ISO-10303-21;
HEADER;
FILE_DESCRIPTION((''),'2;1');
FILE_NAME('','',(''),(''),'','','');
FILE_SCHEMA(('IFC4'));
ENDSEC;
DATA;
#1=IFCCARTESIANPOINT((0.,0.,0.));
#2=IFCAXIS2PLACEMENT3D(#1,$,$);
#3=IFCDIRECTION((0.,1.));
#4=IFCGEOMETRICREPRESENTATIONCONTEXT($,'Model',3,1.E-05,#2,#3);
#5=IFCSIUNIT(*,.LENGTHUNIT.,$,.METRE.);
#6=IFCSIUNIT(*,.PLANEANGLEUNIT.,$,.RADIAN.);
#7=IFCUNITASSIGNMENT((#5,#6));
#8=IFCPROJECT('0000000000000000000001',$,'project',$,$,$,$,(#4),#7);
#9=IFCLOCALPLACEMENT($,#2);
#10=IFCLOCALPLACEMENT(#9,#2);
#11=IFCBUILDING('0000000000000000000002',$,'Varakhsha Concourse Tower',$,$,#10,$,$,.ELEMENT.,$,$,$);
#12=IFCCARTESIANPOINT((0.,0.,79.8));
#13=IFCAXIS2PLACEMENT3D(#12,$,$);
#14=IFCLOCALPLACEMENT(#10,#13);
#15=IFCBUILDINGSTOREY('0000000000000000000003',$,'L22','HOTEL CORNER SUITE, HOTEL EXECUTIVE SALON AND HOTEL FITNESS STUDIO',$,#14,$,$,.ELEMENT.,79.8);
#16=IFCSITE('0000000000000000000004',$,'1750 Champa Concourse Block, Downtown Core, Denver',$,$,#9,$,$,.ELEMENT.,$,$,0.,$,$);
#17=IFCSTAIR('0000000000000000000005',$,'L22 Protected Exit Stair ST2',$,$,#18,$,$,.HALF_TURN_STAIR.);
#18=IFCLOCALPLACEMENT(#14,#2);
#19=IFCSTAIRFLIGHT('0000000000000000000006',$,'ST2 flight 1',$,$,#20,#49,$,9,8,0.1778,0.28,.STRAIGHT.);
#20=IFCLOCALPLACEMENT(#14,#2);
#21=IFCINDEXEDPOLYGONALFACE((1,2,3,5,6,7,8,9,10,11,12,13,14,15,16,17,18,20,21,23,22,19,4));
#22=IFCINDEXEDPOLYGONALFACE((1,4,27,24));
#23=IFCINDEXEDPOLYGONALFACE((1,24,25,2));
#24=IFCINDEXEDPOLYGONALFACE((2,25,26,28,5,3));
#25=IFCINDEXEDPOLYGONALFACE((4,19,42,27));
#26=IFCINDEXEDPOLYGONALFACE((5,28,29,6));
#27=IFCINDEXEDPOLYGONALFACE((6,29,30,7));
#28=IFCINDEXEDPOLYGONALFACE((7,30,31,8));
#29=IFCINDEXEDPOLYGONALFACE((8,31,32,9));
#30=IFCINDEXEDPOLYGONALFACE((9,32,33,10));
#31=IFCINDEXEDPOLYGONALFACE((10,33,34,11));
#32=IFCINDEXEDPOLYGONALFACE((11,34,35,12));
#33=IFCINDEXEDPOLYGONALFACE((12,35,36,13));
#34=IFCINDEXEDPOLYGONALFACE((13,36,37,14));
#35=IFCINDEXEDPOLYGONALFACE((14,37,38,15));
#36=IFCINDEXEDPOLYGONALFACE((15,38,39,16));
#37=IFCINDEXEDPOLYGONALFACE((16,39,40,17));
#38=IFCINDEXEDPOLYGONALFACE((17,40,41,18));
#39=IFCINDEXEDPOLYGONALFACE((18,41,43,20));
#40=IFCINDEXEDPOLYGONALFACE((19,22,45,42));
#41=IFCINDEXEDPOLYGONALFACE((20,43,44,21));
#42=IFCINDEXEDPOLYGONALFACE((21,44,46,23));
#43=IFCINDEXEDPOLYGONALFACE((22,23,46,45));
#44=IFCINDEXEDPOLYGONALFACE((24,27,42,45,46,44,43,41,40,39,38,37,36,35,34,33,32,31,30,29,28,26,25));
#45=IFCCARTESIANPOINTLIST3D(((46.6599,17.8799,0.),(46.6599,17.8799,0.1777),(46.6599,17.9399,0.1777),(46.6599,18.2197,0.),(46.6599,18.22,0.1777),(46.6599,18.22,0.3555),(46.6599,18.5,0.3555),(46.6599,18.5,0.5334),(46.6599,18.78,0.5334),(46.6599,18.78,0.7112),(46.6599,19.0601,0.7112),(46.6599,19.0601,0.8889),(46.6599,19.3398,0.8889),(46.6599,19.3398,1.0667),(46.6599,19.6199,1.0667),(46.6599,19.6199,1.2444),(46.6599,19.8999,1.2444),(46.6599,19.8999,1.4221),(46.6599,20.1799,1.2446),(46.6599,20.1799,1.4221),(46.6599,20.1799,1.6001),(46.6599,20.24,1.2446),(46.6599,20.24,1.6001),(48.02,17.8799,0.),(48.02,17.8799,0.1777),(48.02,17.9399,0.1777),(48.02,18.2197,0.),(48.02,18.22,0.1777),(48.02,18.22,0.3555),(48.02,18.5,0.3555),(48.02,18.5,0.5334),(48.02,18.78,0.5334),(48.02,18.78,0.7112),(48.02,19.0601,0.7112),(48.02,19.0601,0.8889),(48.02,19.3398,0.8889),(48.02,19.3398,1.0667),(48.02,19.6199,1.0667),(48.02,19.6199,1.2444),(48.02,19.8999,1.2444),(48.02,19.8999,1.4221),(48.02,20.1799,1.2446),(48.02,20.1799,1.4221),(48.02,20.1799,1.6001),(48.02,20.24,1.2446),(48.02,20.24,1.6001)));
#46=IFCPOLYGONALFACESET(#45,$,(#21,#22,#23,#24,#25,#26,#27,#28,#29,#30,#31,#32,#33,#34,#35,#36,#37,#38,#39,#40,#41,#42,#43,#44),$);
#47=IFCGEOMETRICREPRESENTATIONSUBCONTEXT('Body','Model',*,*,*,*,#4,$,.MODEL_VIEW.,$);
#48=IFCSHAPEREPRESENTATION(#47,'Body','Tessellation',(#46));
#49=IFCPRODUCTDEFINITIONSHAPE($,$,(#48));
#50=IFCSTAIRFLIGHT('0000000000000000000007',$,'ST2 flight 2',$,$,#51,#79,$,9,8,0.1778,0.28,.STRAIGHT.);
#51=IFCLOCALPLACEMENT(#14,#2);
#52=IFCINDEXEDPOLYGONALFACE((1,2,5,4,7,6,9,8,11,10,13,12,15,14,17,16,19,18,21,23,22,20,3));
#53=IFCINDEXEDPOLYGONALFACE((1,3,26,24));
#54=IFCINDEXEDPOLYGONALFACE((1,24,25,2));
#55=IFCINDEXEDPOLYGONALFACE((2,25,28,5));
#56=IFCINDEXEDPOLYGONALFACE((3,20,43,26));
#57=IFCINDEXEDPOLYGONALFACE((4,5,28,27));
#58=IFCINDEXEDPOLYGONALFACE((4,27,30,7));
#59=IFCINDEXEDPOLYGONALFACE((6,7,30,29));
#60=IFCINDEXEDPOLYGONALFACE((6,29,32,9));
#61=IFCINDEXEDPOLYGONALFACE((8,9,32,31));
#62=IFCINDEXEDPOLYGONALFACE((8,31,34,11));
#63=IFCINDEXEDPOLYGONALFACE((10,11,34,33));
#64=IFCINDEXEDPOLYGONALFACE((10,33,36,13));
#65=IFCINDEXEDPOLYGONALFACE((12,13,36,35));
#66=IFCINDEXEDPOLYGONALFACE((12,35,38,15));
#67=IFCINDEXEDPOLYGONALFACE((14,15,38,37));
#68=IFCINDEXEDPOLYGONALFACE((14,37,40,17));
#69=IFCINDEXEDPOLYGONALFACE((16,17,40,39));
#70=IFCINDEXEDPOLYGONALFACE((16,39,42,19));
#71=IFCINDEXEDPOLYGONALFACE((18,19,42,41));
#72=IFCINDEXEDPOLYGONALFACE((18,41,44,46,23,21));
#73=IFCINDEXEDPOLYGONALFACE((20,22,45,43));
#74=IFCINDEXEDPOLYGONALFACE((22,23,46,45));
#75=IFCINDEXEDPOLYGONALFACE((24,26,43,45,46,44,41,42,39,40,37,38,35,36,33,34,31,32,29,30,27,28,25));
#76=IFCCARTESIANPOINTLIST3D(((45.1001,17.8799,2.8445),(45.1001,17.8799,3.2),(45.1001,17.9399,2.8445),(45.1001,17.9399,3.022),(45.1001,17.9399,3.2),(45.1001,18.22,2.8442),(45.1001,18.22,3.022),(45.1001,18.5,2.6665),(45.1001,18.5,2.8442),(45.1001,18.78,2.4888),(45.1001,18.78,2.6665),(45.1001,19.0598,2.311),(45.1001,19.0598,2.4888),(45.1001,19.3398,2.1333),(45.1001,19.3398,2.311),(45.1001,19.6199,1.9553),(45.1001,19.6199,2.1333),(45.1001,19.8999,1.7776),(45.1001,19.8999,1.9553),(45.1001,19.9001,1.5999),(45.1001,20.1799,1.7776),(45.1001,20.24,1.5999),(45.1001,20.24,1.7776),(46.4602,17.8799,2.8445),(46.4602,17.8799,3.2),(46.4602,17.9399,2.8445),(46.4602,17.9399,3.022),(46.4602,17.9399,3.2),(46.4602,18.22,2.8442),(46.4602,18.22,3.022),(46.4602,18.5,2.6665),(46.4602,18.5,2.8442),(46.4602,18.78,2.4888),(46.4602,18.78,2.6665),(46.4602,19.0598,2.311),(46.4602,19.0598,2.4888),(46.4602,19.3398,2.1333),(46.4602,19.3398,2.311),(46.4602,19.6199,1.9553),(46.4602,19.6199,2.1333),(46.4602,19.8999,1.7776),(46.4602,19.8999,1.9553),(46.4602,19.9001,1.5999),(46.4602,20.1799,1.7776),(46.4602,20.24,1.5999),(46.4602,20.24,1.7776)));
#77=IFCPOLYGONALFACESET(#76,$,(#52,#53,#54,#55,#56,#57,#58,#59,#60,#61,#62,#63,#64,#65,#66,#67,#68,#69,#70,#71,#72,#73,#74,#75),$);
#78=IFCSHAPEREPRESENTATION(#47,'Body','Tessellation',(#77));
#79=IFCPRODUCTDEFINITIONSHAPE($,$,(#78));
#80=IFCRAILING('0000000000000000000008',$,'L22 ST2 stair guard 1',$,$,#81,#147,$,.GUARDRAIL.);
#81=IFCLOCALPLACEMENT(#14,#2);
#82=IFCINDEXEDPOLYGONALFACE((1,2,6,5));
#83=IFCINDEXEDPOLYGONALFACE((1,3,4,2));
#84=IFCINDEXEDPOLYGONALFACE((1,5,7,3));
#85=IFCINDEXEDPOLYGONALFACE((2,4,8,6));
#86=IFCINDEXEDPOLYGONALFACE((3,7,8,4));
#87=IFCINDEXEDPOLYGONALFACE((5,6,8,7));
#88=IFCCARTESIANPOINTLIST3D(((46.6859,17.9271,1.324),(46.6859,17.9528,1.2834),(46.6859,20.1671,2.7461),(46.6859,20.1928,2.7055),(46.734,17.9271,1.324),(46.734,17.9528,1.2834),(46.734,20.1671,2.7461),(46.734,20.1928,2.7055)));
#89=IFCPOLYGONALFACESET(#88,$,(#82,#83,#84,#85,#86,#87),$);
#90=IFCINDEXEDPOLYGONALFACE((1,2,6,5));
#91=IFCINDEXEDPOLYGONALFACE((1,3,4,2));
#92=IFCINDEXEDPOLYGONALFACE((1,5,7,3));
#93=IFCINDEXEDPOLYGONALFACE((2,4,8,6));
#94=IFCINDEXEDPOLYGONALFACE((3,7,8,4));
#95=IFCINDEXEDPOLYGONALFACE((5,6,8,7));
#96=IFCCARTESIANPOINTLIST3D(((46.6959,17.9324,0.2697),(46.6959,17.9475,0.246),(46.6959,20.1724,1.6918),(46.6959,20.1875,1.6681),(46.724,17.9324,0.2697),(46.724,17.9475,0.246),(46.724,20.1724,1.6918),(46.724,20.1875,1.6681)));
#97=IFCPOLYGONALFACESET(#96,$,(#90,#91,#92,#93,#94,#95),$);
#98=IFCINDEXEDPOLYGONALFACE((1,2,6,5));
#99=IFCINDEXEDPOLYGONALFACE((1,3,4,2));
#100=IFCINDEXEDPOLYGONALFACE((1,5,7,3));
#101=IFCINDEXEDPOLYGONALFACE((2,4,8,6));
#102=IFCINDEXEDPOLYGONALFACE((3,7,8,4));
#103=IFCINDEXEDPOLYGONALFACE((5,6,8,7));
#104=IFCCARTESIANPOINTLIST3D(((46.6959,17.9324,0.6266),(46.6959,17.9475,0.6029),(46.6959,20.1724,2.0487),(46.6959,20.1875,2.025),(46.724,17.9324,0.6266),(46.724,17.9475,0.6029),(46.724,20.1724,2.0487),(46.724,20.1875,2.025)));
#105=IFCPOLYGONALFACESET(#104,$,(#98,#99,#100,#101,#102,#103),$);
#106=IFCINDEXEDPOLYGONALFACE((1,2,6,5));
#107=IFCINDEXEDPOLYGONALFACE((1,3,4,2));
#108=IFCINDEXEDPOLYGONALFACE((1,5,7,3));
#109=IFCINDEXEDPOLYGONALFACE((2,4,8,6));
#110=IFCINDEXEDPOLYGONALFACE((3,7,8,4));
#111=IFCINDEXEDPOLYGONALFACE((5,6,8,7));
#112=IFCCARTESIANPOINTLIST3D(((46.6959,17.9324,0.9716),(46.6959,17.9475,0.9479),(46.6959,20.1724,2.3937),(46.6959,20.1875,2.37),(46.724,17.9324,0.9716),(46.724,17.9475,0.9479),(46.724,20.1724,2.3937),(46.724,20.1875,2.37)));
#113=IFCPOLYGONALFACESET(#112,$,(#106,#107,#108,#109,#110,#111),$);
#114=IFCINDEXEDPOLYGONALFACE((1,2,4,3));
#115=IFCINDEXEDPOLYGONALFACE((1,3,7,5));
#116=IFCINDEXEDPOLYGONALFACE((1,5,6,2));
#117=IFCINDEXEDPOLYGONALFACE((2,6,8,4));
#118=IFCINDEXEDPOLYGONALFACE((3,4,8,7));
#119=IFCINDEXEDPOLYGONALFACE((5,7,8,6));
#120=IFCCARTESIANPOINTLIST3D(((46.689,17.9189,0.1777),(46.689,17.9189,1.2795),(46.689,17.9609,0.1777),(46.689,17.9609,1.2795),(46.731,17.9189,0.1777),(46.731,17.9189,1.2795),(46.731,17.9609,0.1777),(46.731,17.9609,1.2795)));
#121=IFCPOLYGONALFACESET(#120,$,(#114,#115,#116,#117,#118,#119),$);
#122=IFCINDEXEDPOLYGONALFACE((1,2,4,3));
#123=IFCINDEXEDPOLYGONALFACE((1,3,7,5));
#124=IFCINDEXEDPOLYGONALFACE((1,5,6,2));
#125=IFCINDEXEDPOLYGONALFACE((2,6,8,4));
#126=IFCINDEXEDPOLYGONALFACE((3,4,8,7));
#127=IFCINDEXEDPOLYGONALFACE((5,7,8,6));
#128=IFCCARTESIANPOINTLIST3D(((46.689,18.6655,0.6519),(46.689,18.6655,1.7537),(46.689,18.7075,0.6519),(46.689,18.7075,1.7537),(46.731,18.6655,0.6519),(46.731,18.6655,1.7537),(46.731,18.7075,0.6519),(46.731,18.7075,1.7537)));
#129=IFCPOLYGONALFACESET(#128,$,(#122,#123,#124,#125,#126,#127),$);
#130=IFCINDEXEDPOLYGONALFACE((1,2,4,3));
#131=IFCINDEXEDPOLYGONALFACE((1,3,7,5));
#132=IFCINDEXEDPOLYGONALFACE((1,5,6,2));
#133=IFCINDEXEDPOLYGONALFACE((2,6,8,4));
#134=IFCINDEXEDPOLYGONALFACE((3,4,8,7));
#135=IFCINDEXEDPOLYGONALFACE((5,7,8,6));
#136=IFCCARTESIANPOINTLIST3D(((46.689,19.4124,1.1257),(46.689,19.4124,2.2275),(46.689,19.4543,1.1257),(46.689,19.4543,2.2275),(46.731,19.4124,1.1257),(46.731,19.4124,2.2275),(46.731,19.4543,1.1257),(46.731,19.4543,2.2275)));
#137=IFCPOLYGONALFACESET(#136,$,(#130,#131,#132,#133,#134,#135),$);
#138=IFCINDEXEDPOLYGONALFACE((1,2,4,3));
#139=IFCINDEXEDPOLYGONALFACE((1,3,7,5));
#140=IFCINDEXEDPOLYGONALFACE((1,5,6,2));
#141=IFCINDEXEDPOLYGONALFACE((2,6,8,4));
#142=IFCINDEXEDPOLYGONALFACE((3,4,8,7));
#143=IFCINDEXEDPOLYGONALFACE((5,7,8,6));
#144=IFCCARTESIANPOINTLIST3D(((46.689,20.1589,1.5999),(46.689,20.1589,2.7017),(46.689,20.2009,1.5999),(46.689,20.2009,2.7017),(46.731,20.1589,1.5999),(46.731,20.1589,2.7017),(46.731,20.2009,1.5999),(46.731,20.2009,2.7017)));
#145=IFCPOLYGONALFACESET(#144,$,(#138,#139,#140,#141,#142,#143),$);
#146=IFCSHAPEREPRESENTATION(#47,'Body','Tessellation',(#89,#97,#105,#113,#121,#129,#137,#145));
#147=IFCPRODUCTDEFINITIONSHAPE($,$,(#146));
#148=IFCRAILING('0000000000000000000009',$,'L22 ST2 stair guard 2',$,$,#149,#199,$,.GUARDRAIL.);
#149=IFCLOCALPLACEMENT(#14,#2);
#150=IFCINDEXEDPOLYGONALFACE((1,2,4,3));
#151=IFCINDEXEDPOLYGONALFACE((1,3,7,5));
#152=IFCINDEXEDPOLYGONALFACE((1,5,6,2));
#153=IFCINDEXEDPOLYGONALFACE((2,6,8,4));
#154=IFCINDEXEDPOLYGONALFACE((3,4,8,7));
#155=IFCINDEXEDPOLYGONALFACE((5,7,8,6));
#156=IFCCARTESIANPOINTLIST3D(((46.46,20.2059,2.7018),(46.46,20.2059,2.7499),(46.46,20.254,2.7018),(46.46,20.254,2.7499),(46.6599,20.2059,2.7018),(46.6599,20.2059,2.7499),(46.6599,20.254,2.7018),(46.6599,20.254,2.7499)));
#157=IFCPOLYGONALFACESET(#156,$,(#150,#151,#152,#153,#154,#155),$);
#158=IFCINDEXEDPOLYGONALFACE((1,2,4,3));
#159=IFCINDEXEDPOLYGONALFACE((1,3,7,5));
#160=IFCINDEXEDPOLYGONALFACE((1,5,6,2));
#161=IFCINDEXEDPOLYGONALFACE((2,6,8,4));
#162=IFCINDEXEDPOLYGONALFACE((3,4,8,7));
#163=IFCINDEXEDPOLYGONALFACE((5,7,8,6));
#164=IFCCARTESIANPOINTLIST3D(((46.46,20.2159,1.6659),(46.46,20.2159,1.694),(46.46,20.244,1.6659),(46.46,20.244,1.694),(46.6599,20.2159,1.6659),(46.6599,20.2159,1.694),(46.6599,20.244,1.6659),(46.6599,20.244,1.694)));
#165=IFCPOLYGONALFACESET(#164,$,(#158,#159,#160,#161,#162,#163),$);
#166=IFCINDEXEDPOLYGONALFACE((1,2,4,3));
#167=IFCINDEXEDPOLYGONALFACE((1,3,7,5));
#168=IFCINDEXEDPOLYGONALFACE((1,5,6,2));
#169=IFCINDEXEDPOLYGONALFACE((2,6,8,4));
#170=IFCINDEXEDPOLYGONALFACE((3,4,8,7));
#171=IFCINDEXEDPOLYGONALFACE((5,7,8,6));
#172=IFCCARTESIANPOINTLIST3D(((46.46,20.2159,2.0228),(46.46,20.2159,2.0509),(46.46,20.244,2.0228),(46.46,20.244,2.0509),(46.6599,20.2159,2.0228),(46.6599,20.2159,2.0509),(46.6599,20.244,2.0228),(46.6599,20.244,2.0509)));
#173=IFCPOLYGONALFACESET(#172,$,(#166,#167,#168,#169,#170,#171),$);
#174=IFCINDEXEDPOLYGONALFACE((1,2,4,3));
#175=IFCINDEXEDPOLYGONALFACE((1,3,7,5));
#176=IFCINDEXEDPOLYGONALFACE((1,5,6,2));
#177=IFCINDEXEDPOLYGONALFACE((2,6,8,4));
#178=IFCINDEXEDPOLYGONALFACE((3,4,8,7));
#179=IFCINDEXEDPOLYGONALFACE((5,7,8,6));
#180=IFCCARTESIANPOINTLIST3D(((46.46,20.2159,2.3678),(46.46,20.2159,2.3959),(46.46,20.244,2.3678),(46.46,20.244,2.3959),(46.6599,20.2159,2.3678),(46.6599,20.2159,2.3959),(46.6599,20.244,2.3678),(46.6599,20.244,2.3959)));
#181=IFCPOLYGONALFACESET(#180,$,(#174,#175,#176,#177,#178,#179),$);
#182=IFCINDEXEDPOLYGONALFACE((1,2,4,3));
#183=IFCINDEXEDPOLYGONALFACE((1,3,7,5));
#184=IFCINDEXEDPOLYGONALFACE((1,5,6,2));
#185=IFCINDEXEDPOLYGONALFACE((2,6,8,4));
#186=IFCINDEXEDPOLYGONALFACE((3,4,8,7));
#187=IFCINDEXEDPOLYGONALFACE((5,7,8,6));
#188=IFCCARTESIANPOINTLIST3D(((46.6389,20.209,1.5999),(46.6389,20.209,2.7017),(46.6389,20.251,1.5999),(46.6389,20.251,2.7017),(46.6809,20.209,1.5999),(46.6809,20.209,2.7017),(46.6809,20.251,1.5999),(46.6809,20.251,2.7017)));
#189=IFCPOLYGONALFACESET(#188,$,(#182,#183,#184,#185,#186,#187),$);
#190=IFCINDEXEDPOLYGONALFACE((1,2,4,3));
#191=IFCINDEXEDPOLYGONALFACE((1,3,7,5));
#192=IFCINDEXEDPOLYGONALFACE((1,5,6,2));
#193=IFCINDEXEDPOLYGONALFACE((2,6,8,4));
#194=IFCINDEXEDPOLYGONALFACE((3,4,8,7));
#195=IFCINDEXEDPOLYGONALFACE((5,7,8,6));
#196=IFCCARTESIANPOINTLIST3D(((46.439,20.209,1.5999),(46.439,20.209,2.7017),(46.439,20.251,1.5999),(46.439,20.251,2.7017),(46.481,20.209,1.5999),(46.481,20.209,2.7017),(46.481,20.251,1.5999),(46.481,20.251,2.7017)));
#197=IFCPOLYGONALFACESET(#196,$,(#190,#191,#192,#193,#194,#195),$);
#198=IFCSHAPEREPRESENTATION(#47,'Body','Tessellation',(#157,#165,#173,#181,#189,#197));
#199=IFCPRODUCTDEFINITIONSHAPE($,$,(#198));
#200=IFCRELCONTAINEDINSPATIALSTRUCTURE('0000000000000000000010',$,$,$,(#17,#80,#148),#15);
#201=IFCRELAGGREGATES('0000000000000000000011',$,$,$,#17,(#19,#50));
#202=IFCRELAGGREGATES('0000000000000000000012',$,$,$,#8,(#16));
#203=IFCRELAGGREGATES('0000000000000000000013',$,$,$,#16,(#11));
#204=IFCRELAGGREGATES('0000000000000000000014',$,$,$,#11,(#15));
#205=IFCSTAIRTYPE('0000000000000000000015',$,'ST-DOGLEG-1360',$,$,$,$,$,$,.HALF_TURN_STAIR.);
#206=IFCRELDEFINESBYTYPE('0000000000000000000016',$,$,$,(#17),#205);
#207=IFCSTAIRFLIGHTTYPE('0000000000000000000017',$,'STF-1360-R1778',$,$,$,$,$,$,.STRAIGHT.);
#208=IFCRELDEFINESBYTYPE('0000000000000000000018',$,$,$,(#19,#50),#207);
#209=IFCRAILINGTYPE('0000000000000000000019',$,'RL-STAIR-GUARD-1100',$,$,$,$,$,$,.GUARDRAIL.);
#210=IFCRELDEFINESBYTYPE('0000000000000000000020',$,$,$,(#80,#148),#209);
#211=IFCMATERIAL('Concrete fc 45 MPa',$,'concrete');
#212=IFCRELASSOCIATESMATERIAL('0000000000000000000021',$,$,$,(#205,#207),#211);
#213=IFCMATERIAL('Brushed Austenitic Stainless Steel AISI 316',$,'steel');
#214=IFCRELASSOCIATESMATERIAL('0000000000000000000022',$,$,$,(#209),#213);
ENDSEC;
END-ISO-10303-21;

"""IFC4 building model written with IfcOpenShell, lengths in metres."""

from ifc_helpers import new_model, si_unit, direction, frame, origin, origin_2d, place, context, subcontext, project, spatial, polyline, rectangle, outline, extrude, material, type_object, element, aggregate, save


model = new_model("IFC4")

# Units and contexts
model_context = context("Model", 3, precision=1e-05, world=origin(), true_north=direction((0.0, 1.0)))
body_context = subcontext(model_context, "Body", "Model", "MODEL_VIEW")
ifc_project = project(units=[si_unit("LENGTHUNIT", "METRE"), si_unit("PLANEANGLEUNIT", "RADIAN")], contexts=[model_context])

# Site, building, storey
site_placement = place(None, origin())
site = spatial("IfcSite", under=ifc_project, at=site_placement, Name="1750 Champa Concourse Block, Downtown Core, Denver", CompositionType="ELEMENT", RefElevation=0.0)
building_placement = place(site_placement, origin())
building = spatial("IfcBuilding", under=site, at=building_placement, Name="Varakhsha Concourse Tower", CompositionType="ELEMENT")
storey_placement = place(building_placement, frame((0.0, 0.0, 79.8)))
storey = spatial("IfcBuildingStorey", under=building, at=storey_placement, Name="L22", Description="HOTEL CORNER SUITE, HOTEL EXECUTIVE SALON AND HOTEL FITNESS STUDIO", CompositionType="ELEMENT", Elevation=79.8)

# Shared definitions
ifc_material_1 = material(Name="Concrete fc 45 MPa", Category="concrete")

# Stair, stair flights
stair_type = type_object("IfcStairType", Name="ST-DOGLEG-1360", PredefinedType="HALF_TURN_STAIR", material=ifc_material_1)
stair_placement = place(storey_placement, origin())
stair = element("IfcStair", 1, at=stair_placement, inside=storey, type_object=stair_type, Name="L22 Protected Exit Stair ST2", PredefinedType="HALF_TURN_STAIR")
stair_flight_type = type_object("IfcStairFlightType", Name="STF-1360-R1778", PredefinedType="STRAIGHT", material=ifc_material_1)
stair_flight_1_placement = place(storey_placement, frame((47.3401, 17.9399, 0.0), z_axis=(0.0, 0.0, 1.0), x_axis=(0.0, 1.0, 0.0)))
stair_flight_1 = element("IfcStairFlight", 2, at=stair_flight_1_placement, type_object=stair_flight_type, Name="ST2 flight 1", NumberOfRisers=9, NumberOfTreads=8, PredefinedType="STRAIGHT", RiserHeight=0.1778, TreadLength=0.28, context=body_context, shape_type="SweptSolid", body=[
    extrude(outline(polyline([(-0.0601, 0.0), (-0.0601, 0.1777), (0.0, 0.1777), (0.28, 0.1777), (0.28, 0.3555), (0.5601, 0.3555), (0.5601, 0.5334), (0.8401, 0.5334), (0.8401, 0.7112), (1.1201, 0.7112), (1.1201, 0.8889), (1.3999, 0.8889), (1.3999, 1.0667), (1.6799, 1.0667), (1.6799, 1.2444), (1.96, 1.2444), (1.96, 1.4221), (2.24, 1.4221), (2.24, 1.6001), (2.3, 1.6001), (2.3, 1.2446), (2.24, 1.2446), (0.2798, 0.0), (-0.0601, 0.0)])), frame((0.0, 0.6802, 0.0), z_axis=(0.0, -1.0, 0.0), x_axis=(1.0, 0.0, 0.0)), (0.0, 0.0, 1.0), 1.3601),
])
stair_flight_2_placement = place(storey_placement, frame((45.78, 20.1799, 1.5999), z_axis=(0.0, 0.0, 1.0), x_axis=(0.0, -1.0, 0.0)))
stair_flight_2 = element("IfcStairFlight", 3, at=stair_flight_2_placement, type_object=stair_flight_type, Name="ST2 flight 2", NumberOfRisers=9, NumberOfTreads=8, PredefinedType="STRAIGHT", RiserHeight=0.1778, TreadLength=0.28, context=body_context, shape_type="SweptSolid", body=[
    extrude(outline(polyline([(-0.0601, 0.0), (-0.0601, 0.1777), (0.0, 0.1777), (0.28, 0.1777), (0.28, 0.3555), (0.5601, 0.3555), (0.5601, 0.5334), (0.8401, 0.5334), (0.8401, 0.7112), (1.1201, 0.7112), (1.1201, 0.8889), (1.3999, 0.8889), (1.3999, 1.0667), (1.6799, 1.0667), (1.6799, 1.2444), (1.96, 1.2444), (1.96, 1.4221), (2.24, 1.4221), (2.24, 1.6001), (2.3, 1.6001), (2.3, 1.2446), (2.24, 1.2446), (0.2798, 0.0), (-0.0601, 0.0)])), frame((0.0, 0.6802, 0.0), z_axis=(0.0, -1.0, 0.0), x_axis=(1.0, 0.0, 0.0)), (0.0, 0.0, 1.0), 1.3601),
])
aggregate(stair, [stair_flight_1, stair_flight_2])

# Railings
ifc_material_2 = material(Name="Brushed Austenitic Stainless Steel AISI 316", Category="steel")
railing_type_1 = type_object("IfcRailingType", Name="RL-STAIR-GUARD-1100", PredefinedType="GUARDRAIL", material=ifc_material_2)
railing_1_placement = place(storey_placement, frame((46.71, 17.9399, 0.1777)))
element("IfcRailing", 4, at=railing_1_placement, inside=storey, type_object=railing_type_1, Name="L22 ST2 stair guard 1", PredefinedType="GUARDRAIL", context=body_context, shape_type="SweptSolid", body=[
    extrude(rectangle(XDim=0.0481, YDim=0.0481, at=origin_2d()), frame((0.0, 0.0, 1.126), z_axis=(0.0, 0.844229, 0.535982), x_axis=(-1.0, 0.0, 0.0)), (0.0, 0.0, 1.0), 2.6533),
    extrude(rectangle(XDim=0.0281, YDim=0.0281, at=origin_2d()), frame((0.0, 0.0, 0.0801), z_axis=(0.0, 0.844229, 0.535982), x_axis=(-1.0, 0.0, 0.0)), (0.0, 0.0, 1.0), 2.6533),
    extrude(rectangle(XDim=0.0281, YDim=0.0281, at=origin_2d()), frame((0.0, 0.0, 0.437), z_axis=(0.0, 0.844229, 0.535982), x_axis=(-1.0, 0.0, 0.0)), (0.0, 0.0, 1.0), 2.6533),
    extrude(rectangle(XDim=0.0281, YDim=0.0281, at=origin_2d()), frame((0.0, 0.0, 0.782), z_axis=(0.0, 0.844229, 0.535982), x_axis=(-1.0, 0.0, 0.0)), (0.0, 0.0, 1.0), 2.6533),
    extrude(rectangle(XDim=0.042, YDim=0.042, at=origin_2d()), origin(), (0.0, 0.0, 1.0), 1.1018),
    extrude(rectangle(XDim=0.042, YDim=0.042, at=origin_2d()), frame((0.0, 0.7466, 0.4741)), (0.0, 0.0, 1.0), 1.1018),
    extrude(rectangle(XDim=0.042, YDim=0.042, at=origin_2d()), frame((0.0, 1.4934, 0.948)), (0.0, 0.0, 1.0), 1.1018),
    extrude(rectangle(XDim=0.042, YDim=0.042, at=origin_2d()), frame((0.0, 2.24, 1.4221)), (0.0, 0.0, 1.0), 1.1018),
])
railing_2_placement = place(storey_placement, frame((46.6599, 20.23, 1.5999)))
element("IfcRailing", 5, at=railing_2_placement, inside=storey, type_object=railing_type_1, Name="L22 ST2 stair guard 2", PredefinedType="GUARDRAIL", context=body_context, shape_type="SweptSolid", body=[
    extrude(rectangle(XDim=0.0481, YDim=0.0481, at=origin_2d()), frame((0.0, 0.0, 1.126), z_axis=(-1.0, 0.0, 0.0), x_axis=(0.0, -1.0, 0.0)), (0.0, 0.0, 1.0), 0.2),
    extrude(rectangle(XDim=0.0281, YDim=0.0281, at=origin_2d()), frame((0.0, 0.0, 0.0801), z_axis=(-1.0, 0.0, 0.0), x_axis=(0.0, -1.0, 0.0)), (0.0, 0.0, 1.0), 0.2),
    extrude(rectangle(XDim=0.0281, YDim=0.0281, at=origin_2d()), frame((0.0, 0.0, 0.437), z_axis=(-1.0, 0.0, 0.0), x_axis=(0.0, -1.0, 0.0)), (0.0, 0.0, 1.0), 0.2),
    extrude(rectangle(XDim=0.0281, YDim=0.0281, at=origin_2d()), frame((0.0, 0.0, 0.782), z_axis=(-1.0, 0.0, 0.0), x_axis=(0.0, -1.0, 0.0)), (0.0, 0.0, 1.0), 0.2),
    extrude(rectangle(XDim=0.042, YDim=0.042, at=origin_2d()), origin(), (0.0, 0.0, 1.0), 1.1018),
    extrude(rectangle(XDim=0.042, YDim=0.042, at=origin_2d()), frame((-0.2, 0.0, 0.0)), (0.0, 0.0, 1.0), 1.1018),
])

save(model, "model.ifc")
